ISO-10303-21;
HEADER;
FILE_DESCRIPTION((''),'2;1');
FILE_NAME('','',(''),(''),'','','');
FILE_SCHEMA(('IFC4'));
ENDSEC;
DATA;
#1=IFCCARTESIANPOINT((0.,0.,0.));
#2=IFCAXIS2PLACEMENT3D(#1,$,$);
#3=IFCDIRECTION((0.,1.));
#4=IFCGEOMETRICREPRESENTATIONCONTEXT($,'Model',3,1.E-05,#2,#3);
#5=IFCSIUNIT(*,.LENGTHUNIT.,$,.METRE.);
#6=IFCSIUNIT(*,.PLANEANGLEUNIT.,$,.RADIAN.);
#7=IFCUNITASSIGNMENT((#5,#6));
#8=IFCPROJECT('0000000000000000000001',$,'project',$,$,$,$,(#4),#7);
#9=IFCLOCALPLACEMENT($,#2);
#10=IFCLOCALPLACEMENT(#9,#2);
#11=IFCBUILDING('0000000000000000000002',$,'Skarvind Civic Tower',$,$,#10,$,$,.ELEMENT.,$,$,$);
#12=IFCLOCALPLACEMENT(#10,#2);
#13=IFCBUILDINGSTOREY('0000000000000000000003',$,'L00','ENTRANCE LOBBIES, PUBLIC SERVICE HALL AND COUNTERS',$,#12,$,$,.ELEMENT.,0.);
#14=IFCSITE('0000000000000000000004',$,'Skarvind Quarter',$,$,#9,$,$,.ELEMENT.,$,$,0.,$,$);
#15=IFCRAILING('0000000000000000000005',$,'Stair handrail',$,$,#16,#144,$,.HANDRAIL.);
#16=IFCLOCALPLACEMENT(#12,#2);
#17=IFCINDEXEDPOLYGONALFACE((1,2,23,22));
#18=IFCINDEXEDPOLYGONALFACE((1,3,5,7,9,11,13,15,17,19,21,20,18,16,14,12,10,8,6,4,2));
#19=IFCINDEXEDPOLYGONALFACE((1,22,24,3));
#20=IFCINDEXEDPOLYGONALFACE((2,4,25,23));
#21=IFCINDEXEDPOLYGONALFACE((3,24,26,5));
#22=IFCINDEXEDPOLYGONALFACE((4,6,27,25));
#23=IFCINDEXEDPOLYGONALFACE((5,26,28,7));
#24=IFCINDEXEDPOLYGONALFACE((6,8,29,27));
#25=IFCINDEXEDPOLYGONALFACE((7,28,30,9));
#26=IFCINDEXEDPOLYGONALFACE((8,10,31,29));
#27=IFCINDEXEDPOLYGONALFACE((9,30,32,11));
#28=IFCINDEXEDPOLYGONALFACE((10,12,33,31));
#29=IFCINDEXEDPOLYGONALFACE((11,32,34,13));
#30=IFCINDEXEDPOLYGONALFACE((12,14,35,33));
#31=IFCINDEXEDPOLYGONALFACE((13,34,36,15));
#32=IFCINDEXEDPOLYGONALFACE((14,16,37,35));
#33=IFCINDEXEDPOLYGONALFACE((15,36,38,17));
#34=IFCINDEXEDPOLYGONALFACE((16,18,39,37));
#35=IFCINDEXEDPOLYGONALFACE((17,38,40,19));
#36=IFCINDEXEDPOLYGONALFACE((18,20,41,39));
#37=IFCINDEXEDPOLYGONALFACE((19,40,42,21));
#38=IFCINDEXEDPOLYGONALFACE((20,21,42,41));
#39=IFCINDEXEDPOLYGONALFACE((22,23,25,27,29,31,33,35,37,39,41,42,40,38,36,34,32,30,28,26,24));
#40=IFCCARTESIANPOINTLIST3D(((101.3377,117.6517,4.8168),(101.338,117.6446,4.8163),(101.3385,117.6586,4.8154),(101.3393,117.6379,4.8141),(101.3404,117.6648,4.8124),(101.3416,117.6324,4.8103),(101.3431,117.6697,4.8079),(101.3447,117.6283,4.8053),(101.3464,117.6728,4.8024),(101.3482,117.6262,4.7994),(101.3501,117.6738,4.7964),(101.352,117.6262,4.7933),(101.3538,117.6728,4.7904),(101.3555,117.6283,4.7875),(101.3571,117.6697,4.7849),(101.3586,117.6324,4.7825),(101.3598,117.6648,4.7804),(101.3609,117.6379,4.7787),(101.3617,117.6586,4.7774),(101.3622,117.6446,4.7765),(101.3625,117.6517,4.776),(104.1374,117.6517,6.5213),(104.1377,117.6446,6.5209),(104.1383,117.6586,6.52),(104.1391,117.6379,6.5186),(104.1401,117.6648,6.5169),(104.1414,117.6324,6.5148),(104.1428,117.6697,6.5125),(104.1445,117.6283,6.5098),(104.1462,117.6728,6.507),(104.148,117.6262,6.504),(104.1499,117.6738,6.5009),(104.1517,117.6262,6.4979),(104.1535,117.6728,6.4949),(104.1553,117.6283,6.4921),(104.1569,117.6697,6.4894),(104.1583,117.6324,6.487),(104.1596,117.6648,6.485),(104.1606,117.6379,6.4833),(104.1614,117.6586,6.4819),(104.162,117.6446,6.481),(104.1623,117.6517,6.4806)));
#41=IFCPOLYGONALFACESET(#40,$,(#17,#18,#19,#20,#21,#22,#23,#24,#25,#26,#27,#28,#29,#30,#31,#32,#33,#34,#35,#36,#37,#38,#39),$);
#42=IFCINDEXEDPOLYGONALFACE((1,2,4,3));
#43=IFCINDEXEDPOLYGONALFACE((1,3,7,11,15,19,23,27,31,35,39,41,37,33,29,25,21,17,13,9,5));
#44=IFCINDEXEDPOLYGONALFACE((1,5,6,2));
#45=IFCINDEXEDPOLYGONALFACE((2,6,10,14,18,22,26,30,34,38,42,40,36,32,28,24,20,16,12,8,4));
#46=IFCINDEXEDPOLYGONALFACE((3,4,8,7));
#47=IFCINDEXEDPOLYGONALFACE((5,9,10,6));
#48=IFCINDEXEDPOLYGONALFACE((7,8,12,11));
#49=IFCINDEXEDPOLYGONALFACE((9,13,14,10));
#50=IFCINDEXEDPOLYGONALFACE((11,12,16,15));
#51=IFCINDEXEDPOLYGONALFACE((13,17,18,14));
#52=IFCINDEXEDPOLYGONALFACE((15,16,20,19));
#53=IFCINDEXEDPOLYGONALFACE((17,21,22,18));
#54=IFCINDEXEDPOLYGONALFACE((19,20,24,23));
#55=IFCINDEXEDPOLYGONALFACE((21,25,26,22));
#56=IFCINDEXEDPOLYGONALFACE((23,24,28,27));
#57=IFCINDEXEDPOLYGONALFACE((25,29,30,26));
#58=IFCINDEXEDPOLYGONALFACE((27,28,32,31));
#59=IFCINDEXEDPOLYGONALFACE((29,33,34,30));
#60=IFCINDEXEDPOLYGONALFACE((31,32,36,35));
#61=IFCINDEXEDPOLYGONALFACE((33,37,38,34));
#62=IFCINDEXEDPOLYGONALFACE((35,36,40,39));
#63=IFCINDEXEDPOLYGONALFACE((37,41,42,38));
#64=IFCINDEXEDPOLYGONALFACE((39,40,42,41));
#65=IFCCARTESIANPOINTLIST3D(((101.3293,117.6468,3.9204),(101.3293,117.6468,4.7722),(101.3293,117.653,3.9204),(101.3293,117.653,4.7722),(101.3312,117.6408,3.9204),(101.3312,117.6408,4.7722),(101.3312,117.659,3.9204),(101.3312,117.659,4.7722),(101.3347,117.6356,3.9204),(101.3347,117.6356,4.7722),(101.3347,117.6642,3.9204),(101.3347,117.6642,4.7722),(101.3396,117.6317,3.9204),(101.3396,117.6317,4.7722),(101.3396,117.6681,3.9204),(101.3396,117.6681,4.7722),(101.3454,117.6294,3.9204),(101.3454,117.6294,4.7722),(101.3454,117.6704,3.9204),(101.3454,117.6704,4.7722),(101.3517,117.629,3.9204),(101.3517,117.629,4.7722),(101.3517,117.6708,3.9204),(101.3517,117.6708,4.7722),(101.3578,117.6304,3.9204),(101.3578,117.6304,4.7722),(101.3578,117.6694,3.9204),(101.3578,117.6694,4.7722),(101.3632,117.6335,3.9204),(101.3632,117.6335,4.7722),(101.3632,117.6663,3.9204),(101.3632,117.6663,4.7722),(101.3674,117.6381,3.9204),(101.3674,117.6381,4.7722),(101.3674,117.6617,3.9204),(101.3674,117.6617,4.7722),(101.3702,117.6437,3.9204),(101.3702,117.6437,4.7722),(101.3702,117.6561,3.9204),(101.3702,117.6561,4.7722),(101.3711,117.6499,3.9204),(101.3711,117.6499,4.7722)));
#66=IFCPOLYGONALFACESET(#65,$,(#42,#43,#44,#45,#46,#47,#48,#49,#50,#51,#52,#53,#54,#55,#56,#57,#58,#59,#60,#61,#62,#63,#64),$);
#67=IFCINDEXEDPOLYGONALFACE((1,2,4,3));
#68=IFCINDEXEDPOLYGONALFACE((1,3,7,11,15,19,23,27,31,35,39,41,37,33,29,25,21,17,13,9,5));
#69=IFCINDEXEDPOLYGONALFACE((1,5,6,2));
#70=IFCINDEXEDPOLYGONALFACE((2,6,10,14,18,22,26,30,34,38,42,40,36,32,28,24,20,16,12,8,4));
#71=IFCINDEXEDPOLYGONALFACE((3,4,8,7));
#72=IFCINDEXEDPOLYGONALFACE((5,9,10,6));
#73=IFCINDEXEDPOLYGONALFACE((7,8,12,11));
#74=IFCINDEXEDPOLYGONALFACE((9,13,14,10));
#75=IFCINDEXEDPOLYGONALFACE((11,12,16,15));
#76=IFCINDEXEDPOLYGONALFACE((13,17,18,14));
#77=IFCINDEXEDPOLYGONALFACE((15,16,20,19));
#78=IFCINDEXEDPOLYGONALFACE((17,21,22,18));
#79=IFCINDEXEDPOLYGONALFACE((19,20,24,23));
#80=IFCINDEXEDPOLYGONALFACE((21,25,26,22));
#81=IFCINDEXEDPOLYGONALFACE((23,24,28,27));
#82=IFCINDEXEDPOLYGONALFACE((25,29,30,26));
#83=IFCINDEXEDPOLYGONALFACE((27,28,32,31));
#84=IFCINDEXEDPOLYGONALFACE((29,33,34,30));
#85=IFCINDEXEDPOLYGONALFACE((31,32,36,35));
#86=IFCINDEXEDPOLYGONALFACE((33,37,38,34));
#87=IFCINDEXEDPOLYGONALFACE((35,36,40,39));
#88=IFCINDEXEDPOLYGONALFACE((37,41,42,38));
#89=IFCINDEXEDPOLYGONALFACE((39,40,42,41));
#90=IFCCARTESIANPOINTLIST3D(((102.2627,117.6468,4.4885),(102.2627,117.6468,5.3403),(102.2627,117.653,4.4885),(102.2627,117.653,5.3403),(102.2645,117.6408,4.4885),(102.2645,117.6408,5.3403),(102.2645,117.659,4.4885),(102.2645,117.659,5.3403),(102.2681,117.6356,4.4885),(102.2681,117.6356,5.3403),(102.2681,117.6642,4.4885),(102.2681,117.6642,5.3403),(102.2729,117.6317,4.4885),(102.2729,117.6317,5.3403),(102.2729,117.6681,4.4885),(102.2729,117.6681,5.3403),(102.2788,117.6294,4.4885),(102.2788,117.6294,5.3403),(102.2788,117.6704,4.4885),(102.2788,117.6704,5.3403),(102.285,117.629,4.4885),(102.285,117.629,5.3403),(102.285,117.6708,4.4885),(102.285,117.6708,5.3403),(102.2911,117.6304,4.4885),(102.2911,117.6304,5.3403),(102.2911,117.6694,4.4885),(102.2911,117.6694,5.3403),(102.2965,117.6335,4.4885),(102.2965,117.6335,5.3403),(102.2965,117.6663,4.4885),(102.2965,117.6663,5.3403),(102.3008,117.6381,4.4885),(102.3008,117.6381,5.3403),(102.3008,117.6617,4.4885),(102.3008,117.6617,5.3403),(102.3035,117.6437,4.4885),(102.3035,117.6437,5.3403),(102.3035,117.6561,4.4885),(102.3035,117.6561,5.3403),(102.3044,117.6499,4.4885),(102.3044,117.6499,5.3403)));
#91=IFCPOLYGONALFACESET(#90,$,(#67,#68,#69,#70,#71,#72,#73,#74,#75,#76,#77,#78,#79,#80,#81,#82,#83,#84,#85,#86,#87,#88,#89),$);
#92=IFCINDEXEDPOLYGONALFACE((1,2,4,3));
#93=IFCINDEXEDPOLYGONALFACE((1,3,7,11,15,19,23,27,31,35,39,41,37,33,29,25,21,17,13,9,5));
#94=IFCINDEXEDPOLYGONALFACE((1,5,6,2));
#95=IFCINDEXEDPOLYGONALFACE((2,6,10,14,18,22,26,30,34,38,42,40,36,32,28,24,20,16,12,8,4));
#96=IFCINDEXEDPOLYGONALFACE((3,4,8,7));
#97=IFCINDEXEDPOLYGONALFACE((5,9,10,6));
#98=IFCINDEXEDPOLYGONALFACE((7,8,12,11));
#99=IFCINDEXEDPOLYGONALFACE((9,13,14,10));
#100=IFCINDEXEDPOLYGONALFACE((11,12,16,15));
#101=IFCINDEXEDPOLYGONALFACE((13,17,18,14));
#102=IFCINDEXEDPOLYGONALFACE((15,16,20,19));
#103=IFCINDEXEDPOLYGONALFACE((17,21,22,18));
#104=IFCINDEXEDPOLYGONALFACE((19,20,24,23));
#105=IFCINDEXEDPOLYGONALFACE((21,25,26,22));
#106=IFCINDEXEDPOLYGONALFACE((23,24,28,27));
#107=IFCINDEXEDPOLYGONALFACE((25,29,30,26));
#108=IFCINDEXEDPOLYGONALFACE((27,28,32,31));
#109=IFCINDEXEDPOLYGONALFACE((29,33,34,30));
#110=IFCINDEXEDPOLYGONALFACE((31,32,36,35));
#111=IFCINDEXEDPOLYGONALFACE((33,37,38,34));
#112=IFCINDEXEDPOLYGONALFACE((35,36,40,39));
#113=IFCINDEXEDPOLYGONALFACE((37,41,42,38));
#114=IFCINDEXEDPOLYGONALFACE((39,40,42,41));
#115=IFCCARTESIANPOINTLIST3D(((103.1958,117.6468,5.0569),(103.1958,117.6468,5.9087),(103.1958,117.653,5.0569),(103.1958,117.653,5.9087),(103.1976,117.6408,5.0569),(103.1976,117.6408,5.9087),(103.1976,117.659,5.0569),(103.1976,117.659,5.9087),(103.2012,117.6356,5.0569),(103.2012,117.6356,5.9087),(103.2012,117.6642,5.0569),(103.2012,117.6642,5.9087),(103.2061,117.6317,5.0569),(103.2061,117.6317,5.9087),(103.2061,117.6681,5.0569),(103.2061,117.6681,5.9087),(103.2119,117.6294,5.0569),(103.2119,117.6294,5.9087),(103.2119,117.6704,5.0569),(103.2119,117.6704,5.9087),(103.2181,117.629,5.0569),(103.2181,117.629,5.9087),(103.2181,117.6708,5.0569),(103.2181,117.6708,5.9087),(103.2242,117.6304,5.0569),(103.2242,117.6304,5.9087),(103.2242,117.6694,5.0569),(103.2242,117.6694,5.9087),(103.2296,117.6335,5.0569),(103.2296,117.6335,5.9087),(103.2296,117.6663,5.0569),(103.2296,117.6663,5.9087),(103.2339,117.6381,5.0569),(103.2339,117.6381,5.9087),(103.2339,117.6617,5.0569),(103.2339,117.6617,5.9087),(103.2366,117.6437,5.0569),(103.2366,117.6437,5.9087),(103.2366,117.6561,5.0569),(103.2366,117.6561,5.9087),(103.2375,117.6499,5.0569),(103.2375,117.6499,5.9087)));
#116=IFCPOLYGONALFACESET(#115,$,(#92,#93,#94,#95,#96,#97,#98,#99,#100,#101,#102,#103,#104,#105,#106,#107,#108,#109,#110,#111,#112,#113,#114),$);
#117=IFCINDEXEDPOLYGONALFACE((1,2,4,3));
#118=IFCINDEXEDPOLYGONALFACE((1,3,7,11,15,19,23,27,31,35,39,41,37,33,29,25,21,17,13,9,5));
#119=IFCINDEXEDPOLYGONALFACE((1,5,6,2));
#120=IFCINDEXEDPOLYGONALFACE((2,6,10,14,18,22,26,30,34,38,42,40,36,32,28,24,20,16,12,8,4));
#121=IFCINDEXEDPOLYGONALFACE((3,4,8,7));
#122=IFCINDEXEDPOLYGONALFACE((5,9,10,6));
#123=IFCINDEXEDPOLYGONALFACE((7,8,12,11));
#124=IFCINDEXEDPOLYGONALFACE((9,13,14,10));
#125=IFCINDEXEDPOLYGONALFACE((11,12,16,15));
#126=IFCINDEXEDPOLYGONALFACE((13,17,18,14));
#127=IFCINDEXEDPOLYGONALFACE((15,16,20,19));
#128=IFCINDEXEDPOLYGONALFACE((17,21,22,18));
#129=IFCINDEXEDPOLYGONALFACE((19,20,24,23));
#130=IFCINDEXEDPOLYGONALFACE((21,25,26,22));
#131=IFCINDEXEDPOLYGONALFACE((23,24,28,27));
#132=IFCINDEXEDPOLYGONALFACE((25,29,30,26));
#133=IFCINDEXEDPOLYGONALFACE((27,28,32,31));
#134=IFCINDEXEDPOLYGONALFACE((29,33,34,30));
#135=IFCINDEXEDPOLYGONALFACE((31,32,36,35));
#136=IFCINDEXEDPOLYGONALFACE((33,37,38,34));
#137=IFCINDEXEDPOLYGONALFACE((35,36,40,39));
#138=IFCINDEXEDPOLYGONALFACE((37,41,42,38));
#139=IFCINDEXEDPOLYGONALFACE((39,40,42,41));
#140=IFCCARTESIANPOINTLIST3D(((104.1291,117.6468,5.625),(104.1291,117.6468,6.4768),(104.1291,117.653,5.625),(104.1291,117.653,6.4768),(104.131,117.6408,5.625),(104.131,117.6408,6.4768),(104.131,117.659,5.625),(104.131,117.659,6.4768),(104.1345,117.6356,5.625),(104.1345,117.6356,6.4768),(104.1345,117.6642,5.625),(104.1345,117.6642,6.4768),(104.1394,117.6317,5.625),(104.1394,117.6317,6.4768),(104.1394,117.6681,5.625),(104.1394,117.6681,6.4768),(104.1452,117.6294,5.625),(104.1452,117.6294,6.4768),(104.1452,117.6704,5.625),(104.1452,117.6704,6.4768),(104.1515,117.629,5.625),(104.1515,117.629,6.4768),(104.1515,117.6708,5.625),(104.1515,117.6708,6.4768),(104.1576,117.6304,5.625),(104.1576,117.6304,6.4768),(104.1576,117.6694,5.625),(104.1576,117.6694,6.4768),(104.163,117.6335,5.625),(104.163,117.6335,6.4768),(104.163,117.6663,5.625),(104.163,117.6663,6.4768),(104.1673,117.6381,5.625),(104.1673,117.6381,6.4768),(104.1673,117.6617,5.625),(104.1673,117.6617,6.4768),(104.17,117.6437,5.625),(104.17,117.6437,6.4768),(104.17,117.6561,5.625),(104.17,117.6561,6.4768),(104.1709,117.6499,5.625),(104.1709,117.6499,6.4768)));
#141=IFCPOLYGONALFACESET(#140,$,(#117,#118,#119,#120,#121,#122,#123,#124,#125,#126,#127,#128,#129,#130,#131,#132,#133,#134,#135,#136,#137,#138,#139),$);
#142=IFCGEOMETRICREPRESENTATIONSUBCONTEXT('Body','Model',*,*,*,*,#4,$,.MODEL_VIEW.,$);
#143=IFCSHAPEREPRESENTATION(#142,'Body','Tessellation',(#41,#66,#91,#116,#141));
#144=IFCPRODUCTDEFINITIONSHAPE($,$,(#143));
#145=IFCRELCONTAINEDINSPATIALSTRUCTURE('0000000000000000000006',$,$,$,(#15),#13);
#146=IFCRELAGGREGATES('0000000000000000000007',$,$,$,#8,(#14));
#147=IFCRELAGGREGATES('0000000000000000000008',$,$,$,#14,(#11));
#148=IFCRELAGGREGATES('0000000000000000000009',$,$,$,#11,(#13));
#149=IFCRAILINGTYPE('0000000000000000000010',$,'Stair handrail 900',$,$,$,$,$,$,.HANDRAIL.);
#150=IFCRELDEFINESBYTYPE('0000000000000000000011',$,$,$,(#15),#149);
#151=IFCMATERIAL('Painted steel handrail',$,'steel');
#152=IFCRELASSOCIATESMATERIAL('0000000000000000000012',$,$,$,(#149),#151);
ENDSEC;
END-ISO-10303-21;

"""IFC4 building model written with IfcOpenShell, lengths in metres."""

from ifc_helpers import new_model, si_unit, direction, frame, origin, origin_2d, place, context, subcontext, project, spatial, circle, extrude, material, type_object, element, save


model = new_model("IFC4")

# Units and contexts
model_context = context("Model", 3, precision=1e-05, world=origin(), true_north=direction((0.0, 1.0)))
body_context = subcontext(model_context, "Body", "Model", "MODEL_VIEW")
ifc_project = project(units=[si_unit("LENGTHUNIT", "METRE"), si_unit("PLANEANGLEUNIT", "RADIAN")], contexts=[model_context])

# Site, building, storey
site_placement = place(None, origin())
site = spatial("IfcSite", under=ifc_project, at=site_placement, Name="Skarvind Quarter", CompositionType="ELEMENT", RefElevation=0.0)
building_placement = place(site_placement, origin())
building = spatial("IfcBuilding", under=site, at=building_placement, Name="Skarvind Civic Tower", CompositionType="ELEMENT")
storey_placement = place(building_placement, origin())
storey = spatial("IfcBuildingStorey", under=building, at=storey_placement, Name="L00", Description="ENTRANCE LOBBIES, PUBLIC SERVICE HALL AND COUNTERS", CompositionType="ELEMENT", Elevation=0.0)

# Railing
ifc_material_1 = material(Name="Painted steel handrail", Category="steel")
railing_type = type_object("IfcRailingType", Name="Stair handrail 900", PredefinedType="HANDRAIL", material=ifc_material_1)
railing_1_placement = place(storey_placement, frame((101.3501, 117.6499, 3.9204)))
element("IfcRailing", 1, at=railing_1_placement, inside=storey, type_object=railing_type, Name="Stair handrail", PredefinedType="HANDRAIL", context=body_context, shape_type="SweptSolid", body=[
    extrude(circle(Radius=0.0239, at=origin_2d()), frame((0.0, 0.0, 0.876), z_axis=(0.85415, 0.0, 0.520027), x_axis=(0.0, 1.0, 0.0)), (0.0, 0.0, 1.0), 3.2778),
    extrude(circle(Radius=0.021, at=origin_2d()), origin(), (0.0, 0.0, 1.0), 0.8518),
    extrude(circle(Radius=0.021, at=origin_2d()), frame((0.9333, 0.0, 0.5681)), (0.0, 0.0, 1.0), 0.8518),
    extrude(circle(Radius=0.021, at=origin_2d()), frame((1.8665, 0.0, 1.1365)), (0.0, 0.0, 1.0), 0.8518),
    extrude(circle(Radius=0.021, at=origin_2d()), frame((2.7998, 0.0, 1.7046)), (0.0, 0.0, 1.0), 0.8518),
])

save(model, "model.ifc")
